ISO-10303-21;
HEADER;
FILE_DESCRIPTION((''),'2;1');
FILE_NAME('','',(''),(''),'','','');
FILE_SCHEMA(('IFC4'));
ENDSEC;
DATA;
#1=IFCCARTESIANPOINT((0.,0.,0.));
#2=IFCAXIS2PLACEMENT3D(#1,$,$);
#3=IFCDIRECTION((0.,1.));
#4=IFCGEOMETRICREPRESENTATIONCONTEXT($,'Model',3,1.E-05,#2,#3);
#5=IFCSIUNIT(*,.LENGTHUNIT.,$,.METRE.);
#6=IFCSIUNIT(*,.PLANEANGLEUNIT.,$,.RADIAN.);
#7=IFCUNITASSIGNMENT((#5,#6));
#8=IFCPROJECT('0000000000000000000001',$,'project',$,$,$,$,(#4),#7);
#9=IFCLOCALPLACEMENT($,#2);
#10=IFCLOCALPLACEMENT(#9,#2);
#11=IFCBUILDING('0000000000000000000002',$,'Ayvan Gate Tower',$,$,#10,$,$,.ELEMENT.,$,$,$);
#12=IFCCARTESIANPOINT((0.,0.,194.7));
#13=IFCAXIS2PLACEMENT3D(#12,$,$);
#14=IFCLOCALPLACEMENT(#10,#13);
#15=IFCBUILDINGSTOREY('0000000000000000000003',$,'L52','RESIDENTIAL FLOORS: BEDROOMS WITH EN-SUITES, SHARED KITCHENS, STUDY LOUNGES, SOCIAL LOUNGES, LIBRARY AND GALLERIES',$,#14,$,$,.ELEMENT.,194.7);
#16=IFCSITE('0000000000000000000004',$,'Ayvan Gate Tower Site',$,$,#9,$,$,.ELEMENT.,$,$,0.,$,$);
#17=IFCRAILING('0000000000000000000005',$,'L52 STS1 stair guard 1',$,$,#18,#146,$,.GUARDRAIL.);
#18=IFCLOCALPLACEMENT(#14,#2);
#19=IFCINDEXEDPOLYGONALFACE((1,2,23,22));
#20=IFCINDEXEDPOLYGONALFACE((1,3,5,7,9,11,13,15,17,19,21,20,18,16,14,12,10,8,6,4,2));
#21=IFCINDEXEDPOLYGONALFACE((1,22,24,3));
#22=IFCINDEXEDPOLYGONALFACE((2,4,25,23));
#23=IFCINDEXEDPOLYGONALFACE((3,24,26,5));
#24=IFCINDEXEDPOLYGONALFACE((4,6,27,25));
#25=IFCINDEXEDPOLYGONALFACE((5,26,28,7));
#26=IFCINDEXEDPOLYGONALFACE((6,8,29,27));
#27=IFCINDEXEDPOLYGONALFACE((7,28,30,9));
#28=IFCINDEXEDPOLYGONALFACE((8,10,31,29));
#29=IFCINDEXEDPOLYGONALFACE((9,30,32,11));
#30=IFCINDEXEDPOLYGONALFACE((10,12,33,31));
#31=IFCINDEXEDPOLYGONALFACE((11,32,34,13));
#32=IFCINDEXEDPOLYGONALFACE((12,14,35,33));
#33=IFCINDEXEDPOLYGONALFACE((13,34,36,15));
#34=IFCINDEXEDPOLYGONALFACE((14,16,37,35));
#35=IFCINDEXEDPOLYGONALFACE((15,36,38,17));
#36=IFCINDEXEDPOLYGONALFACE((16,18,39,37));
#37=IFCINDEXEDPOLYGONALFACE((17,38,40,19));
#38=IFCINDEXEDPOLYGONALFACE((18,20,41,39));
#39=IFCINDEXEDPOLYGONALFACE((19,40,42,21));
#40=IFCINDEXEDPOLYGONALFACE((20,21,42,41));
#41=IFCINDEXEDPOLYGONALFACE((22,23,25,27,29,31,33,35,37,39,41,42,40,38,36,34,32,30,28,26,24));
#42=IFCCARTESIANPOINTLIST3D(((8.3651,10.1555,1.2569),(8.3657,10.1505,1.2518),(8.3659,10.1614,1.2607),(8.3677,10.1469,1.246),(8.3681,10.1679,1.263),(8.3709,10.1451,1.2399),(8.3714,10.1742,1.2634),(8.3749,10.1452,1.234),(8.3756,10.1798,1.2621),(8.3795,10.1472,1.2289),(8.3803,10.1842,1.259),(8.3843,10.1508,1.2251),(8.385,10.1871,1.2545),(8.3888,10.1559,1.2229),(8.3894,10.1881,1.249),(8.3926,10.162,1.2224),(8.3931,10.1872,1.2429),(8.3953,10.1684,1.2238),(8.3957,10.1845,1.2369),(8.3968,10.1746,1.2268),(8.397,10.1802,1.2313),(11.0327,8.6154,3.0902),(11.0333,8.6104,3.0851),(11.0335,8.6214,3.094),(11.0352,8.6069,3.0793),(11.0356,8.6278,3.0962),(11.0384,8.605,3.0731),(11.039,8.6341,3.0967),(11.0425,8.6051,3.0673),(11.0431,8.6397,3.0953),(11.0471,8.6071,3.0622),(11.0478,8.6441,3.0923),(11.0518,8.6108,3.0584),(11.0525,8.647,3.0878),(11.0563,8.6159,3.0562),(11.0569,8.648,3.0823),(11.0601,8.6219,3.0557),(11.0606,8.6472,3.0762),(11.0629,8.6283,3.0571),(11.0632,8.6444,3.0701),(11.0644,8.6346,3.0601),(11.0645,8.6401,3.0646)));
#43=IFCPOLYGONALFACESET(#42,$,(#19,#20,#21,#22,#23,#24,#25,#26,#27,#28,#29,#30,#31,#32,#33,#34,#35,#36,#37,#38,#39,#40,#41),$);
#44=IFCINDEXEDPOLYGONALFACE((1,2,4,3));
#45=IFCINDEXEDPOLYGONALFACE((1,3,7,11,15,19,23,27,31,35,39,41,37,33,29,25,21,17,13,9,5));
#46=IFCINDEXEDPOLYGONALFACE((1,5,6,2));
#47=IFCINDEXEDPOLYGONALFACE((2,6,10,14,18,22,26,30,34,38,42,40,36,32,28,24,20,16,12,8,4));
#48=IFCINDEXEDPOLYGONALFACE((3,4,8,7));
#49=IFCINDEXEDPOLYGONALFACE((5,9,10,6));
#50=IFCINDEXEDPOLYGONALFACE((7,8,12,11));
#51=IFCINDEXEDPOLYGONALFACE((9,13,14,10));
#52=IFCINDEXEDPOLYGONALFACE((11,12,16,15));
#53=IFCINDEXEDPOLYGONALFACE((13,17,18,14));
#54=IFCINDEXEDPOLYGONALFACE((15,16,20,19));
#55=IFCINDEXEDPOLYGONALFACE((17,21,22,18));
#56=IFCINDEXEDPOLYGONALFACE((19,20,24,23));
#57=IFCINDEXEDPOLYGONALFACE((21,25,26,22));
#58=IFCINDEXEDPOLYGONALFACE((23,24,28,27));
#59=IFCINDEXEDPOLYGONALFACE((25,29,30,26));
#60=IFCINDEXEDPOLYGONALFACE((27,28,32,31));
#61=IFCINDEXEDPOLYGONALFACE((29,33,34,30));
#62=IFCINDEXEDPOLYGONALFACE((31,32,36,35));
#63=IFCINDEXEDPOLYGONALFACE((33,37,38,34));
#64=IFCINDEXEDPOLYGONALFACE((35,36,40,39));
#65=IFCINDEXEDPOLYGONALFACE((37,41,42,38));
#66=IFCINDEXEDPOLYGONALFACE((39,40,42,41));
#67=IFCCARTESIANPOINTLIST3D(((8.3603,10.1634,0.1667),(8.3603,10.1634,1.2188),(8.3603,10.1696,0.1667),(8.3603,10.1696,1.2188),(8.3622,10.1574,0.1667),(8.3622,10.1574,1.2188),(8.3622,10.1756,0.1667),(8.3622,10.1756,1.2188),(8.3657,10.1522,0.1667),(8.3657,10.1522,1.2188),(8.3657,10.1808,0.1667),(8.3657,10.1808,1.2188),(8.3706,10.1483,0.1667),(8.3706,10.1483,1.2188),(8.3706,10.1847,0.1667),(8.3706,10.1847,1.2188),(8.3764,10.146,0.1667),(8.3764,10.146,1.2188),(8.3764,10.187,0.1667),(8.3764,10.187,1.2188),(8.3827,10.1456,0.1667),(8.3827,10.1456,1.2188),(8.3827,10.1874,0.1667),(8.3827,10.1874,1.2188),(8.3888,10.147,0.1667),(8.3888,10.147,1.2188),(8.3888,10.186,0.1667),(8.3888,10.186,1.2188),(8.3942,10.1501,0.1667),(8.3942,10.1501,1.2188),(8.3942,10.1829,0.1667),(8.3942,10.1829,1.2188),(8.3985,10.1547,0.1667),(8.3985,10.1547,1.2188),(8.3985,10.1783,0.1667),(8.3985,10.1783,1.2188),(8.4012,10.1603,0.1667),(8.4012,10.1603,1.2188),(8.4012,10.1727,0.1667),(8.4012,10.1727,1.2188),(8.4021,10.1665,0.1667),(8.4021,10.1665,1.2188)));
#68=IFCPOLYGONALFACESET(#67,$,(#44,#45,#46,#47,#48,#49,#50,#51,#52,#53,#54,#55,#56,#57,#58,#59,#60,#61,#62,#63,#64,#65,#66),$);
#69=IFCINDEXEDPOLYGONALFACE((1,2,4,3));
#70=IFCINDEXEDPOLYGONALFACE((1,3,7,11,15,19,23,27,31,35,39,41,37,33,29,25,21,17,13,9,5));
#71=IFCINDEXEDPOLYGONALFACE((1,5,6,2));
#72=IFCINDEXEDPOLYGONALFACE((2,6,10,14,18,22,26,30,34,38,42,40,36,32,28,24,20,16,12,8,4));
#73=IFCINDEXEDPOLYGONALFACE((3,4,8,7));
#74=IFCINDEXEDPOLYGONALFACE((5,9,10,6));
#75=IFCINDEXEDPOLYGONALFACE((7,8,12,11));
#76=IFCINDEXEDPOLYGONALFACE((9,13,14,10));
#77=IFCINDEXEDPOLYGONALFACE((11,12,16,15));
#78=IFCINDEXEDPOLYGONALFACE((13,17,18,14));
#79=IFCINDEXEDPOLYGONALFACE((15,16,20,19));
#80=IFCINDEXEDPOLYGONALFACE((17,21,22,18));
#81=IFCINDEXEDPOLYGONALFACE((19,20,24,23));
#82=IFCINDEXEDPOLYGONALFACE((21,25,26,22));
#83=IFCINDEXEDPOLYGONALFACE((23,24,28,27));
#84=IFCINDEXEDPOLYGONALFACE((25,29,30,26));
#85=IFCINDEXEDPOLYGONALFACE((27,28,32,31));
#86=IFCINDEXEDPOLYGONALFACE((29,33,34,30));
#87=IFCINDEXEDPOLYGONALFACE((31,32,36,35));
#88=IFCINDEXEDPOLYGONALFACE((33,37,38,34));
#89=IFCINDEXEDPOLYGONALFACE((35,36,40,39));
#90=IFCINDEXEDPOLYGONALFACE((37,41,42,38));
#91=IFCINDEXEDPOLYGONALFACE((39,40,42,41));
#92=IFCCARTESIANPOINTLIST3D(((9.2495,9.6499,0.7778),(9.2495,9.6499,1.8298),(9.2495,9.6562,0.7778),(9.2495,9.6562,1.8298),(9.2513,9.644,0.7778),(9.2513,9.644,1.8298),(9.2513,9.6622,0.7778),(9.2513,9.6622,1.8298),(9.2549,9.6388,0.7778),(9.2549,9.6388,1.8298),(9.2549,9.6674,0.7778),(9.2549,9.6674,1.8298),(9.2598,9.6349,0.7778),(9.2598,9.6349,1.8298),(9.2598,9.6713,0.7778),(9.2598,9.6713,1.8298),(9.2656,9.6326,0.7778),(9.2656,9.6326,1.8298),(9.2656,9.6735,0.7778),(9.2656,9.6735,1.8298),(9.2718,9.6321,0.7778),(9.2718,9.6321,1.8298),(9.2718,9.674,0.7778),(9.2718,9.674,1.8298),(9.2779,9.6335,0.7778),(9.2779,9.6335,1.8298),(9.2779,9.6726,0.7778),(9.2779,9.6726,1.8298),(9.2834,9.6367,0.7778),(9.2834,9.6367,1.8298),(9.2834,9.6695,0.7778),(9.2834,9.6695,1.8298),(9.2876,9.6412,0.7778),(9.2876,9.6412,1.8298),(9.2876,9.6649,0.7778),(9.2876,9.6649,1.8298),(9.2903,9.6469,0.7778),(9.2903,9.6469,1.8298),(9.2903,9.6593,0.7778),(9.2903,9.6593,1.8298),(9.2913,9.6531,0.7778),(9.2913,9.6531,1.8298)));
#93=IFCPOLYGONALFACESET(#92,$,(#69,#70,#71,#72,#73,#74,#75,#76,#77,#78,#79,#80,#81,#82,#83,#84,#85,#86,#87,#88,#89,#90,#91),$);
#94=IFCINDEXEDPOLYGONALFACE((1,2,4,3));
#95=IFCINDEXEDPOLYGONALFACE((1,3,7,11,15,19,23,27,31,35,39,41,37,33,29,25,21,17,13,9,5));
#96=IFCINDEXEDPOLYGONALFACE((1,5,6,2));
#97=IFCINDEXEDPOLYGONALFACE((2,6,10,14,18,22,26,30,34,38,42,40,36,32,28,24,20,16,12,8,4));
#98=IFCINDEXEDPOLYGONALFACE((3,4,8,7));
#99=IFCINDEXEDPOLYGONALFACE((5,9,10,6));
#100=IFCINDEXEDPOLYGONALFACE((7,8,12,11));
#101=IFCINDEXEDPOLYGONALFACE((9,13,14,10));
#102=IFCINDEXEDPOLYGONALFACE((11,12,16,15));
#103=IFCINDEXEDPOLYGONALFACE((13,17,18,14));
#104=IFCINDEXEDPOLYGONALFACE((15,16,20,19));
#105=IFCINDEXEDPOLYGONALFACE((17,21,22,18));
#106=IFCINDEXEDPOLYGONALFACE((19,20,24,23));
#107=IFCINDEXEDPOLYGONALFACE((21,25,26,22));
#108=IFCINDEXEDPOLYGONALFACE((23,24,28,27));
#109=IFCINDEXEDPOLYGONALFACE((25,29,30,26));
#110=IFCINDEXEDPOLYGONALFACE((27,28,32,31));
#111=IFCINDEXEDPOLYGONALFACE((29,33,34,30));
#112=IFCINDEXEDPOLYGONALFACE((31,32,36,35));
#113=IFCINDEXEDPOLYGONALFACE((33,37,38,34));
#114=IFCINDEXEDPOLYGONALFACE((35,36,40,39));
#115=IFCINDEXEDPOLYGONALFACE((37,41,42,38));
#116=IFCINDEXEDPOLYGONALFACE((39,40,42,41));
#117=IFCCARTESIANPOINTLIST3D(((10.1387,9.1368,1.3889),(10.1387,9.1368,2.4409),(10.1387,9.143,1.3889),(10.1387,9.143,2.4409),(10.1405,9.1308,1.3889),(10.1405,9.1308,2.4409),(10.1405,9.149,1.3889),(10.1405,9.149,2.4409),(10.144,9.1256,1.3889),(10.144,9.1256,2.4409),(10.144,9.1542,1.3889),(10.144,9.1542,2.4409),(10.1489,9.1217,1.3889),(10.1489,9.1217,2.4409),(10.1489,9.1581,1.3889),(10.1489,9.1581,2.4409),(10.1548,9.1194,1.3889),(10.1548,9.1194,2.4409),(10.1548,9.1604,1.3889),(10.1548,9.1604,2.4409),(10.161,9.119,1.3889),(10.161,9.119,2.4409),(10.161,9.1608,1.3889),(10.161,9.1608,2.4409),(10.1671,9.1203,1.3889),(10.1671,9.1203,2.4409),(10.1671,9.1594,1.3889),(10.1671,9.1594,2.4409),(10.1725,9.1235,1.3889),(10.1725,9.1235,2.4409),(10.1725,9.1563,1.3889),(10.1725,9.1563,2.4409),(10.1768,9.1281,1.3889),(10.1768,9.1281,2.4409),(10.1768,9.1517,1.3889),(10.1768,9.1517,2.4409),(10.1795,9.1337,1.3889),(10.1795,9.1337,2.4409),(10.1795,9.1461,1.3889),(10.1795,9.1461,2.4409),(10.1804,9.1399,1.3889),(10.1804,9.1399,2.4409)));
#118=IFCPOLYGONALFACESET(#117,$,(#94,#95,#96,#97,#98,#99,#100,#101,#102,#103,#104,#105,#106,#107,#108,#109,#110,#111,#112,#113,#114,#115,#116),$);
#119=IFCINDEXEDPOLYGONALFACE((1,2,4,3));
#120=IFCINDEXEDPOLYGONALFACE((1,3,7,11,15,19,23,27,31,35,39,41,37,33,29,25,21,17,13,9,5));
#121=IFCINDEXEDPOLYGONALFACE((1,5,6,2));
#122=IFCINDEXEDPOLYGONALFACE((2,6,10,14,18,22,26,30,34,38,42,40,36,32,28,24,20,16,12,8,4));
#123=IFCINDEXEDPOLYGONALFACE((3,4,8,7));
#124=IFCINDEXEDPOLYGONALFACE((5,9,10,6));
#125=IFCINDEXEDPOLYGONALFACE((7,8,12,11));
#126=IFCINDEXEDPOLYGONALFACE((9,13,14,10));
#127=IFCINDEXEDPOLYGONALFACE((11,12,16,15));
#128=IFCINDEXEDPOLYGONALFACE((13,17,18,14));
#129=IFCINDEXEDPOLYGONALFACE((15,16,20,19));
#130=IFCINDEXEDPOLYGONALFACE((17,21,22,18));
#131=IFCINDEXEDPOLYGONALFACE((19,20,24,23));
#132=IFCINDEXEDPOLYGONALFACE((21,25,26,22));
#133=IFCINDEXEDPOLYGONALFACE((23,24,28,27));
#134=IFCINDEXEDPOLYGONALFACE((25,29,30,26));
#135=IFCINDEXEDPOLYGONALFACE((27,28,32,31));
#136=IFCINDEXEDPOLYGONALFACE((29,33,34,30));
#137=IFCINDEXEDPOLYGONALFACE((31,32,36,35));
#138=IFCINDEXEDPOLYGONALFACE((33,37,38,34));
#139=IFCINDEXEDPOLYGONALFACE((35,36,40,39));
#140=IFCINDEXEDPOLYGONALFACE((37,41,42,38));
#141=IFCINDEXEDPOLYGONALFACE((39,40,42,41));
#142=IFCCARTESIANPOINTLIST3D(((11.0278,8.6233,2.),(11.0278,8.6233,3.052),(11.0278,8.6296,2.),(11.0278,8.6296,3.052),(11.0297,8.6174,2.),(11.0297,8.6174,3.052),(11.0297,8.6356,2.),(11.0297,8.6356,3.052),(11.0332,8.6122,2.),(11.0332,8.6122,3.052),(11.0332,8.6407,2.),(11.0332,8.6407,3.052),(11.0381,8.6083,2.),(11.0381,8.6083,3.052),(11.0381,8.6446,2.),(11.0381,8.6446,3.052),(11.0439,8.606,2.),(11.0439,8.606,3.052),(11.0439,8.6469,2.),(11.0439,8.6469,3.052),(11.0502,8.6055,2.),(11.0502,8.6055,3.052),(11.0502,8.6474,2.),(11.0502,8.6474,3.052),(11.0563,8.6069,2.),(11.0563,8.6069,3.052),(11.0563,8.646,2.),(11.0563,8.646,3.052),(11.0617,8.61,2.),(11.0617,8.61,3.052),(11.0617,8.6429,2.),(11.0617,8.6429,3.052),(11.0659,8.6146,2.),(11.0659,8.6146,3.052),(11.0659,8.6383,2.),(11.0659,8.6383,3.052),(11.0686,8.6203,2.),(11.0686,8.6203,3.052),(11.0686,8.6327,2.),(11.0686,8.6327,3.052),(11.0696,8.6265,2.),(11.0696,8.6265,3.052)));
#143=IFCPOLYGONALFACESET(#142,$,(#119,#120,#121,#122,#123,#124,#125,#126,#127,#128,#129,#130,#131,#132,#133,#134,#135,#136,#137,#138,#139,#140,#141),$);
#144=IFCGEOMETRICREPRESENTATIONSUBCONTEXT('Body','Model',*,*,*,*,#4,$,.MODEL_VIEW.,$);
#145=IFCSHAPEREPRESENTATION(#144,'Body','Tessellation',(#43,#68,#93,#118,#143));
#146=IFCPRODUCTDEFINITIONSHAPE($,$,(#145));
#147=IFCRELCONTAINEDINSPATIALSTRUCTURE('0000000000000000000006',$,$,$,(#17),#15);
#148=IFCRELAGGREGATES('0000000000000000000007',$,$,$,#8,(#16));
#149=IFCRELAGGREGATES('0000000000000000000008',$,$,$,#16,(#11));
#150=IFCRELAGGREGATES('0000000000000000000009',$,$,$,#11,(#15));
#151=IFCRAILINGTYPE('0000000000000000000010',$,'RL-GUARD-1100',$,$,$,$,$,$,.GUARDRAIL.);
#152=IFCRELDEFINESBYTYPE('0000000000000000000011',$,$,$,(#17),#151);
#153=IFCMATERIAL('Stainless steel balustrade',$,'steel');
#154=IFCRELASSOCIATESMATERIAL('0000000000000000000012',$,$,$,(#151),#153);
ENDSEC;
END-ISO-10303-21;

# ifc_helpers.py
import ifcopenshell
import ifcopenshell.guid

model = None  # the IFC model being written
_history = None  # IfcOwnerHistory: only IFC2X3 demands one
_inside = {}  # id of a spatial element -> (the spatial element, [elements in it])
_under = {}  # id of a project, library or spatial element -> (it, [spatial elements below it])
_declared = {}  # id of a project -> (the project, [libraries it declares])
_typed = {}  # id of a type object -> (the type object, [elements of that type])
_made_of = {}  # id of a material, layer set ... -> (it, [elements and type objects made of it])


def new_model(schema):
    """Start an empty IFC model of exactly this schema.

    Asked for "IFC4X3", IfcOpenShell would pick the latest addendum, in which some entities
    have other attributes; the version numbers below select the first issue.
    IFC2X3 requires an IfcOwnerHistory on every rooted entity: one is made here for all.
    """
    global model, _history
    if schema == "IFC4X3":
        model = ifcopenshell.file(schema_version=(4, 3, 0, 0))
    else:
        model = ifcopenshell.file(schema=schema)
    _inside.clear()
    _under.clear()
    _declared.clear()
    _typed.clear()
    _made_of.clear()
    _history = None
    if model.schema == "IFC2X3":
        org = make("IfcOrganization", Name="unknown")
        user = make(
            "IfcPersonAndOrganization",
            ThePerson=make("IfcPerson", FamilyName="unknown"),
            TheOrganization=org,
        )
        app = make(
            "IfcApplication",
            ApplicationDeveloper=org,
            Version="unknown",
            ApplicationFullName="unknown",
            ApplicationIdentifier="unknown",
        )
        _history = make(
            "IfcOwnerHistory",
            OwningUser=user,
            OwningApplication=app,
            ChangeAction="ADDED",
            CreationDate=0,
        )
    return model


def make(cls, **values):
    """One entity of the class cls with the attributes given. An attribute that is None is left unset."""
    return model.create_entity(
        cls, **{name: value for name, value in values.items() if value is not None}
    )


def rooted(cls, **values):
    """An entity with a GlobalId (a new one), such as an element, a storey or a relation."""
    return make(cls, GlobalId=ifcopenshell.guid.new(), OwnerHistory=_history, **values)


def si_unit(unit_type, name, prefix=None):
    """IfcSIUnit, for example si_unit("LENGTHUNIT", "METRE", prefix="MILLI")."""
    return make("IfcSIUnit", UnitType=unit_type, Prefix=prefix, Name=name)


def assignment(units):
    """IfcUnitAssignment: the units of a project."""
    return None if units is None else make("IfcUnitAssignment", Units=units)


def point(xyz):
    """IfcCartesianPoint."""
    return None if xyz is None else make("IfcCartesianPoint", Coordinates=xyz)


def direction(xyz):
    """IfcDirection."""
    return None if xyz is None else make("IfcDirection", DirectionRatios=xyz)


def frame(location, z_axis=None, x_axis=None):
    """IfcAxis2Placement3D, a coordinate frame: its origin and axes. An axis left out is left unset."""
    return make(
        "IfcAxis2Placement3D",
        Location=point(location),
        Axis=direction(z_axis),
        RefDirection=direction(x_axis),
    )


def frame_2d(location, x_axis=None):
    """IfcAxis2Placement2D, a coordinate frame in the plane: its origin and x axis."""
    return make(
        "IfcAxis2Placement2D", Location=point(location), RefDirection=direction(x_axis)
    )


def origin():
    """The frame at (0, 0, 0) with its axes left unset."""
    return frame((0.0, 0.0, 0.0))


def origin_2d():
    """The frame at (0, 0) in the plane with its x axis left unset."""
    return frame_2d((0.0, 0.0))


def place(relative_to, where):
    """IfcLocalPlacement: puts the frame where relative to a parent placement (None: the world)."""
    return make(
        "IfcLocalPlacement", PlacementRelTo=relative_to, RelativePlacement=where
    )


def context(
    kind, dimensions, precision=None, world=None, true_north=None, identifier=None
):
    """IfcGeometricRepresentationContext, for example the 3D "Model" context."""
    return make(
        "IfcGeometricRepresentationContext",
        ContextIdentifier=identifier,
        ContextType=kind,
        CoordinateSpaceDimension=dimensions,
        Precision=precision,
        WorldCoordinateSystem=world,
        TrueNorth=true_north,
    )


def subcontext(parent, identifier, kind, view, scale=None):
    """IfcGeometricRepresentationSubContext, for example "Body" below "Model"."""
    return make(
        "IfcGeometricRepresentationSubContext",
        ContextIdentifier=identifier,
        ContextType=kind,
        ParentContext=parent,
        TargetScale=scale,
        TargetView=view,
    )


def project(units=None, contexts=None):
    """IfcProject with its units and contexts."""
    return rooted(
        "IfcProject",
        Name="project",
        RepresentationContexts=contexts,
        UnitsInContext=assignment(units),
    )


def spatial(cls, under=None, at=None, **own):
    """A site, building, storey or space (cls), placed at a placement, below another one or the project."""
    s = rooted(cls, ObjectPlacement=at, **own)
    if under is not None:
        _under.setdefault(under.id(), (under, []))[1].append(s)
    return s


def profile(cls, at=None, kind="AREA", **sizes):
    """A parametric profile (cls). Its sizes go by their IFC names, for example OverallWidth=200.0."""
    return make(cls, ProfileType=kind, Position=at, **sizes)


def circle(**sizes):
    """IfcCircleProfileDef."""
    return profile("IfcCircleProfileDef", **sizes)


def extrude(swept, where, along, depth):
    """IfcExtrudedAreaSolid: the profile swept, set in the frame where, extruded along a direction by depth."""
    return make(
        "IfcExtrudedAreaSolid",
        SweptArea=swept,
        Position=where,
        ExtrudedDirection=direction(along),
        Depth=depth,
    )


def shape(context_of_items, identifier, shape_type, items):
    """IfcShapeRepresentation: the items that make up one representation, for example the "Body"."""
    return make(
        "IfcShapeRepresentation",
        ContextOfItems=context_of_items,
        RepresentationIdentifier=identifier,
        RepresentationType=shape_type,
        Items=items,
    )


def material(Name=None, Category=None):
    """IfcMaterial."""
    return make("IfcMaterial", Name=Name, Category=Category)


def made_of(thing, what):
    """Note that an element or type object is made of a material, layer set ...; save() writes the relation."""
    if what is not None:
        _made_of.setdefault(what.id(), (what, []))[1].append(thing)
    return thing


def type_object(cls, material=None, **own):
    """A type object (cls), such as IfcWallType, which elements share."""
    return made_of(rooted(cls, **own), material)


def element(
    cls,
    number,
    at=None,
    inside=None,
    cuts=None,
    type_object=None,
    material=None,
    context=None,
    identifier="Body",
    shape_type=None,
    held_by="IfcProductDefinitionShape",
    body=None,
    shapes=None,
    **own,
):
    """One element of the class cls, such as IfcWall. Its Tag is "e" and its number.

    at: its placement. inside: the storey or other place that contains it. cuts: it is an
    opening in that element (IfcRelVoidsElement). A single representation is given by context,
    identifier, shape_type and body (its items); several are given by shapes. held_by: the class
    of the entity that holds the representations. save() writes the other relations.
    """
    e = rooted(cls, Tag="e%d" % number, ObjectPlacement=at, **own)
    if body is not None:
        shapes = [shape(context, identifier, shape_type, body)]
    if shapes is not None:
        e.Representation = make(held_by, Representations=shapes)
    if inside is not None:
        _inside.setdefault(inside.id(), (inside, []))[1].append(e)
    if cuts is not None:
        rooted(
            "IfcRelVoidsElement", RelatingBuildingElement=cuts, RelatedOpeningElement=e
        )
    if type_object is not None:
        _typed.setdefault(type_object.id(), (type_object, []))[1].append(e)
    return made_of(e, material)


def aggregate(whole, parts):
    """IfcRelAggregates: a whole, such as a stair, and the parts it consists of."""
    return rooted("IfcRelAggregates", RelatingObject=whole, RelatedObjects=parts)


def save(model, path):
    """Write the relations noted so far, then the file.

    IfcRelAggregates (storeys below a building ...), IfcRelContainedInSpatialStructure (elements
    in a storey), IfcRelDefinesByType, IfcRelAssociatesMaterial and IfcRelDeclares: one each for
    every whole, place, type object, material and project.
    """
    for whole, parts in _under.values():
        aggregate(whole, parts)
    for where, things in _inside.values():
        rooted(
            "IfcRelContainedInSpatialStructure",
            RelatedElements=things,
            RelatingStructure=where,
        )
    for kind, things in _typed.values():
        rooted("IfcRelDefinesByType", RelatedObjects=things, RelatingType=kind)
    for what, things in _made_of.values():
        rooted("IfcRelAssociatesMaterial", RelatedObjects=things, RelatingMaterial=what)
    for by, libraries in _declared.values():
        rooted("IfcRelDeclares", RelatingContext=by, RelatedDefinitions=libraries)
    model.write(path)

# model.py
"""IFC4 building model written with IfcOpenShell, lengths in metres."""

from ifc_helpers import new_model, si_unit, direction, frame, origin, origin_2d, place, context, subcontext, project, spatial, circle, extrude, material, type_object, element, save


model = new_model("IFC4")

# Units and contexts
model_context = context("Model", 3, precision=1e-05, world=origin(), true_north=direction((0.0, 1.0)))
body_context = subcontext(model_context, "Body", "Model", "MODEL_VIEW")
ifc_project = project(units=[si_unit("LENGTHUNIT", "METRE"), si_unit("PLANEANGLEUNIT", "RADIAN")], contexts=[model_context])

# Site, building, storey
site_placement = place(None, origin())
site = spatial("IfcSite", under=ifc_project, at=site_placement, Name="Ayvan Gate Tower Site", CompositionType="ELEMENT", RefElevation=0.0)
building_placement = place(site_placement, origin())
building = spatial("IfcBuilding", under=site, at=building_placement, Name="Ayvan Gate Tower", CompositionType="ELEMENT")
storey_placement = place(building_placement, frame((0.0, 0.0, 194.7)))
storey = spatial("IfcBuildingStorey", under=building, at=storey_placement, Name="L52", Description="RESIDENTIAL FLOORS: BEDROOMS WITH EN-SUITES, SHARED KITCHENS, STUDY LOUNGES, SOCIAL LOUNGES, LIBRARY AND GALLERIES", CompositionType="ELEMENT", Elevation=194.7)

# Railing
ifc_material_1 = material(Name="Stainless steel balustrade", Category="steel")
railing_type_1 = type_object("IfcRailingType", Name="RL-GUARD-1100", PredefinedType="GUARDRAIL", material=ifc_material_1)
railing_1_placement = place(storey_placement, frame((8.3811, 10.1665, 0.1667)))
element("IfcRailing", 1, at=railing_1_placement, inside=storey, type_object=railing_type_1, Name="L52 STS1 stair guard 1", PredefinedType="GUARDRAIL", context=body_context, shape_type="SweptSolid", body=[
    extrude(circle(Radius=0.0239, at=origin_2d()), frame((0.0, 0.0, 1.0762), z_axis=(0.74419, -0.429649, 0.511452), x_axis=(0.499992, 0.86603, 0.0)), (0.0, 0.0, 1.0), 3.5845),
    extrude(circle(Radius=0.021, at=origin_2d()), origin(), (0.0, 0.0, 1.0), 1.052),
    extrude(circle(Radius=0.021, at=origin_2d()), frame((0.8892, -0.5134, 0.6111)), (0.0, 0.0, 1.0), 1.052),
    extrude(circle(Radius=0.021, at=origin_2d()), frame((1.7783, -1.0266, 1.2222)), (0.0, 0.0, 1.0), 1.052),
    extrude(circle(Radius=0.021, at=origin_2d()), frame((2.6675, -1.54, 1.8333)), (0.0, 0.0, 1.0), 1.052),
])

save(model, "model.ifc")
